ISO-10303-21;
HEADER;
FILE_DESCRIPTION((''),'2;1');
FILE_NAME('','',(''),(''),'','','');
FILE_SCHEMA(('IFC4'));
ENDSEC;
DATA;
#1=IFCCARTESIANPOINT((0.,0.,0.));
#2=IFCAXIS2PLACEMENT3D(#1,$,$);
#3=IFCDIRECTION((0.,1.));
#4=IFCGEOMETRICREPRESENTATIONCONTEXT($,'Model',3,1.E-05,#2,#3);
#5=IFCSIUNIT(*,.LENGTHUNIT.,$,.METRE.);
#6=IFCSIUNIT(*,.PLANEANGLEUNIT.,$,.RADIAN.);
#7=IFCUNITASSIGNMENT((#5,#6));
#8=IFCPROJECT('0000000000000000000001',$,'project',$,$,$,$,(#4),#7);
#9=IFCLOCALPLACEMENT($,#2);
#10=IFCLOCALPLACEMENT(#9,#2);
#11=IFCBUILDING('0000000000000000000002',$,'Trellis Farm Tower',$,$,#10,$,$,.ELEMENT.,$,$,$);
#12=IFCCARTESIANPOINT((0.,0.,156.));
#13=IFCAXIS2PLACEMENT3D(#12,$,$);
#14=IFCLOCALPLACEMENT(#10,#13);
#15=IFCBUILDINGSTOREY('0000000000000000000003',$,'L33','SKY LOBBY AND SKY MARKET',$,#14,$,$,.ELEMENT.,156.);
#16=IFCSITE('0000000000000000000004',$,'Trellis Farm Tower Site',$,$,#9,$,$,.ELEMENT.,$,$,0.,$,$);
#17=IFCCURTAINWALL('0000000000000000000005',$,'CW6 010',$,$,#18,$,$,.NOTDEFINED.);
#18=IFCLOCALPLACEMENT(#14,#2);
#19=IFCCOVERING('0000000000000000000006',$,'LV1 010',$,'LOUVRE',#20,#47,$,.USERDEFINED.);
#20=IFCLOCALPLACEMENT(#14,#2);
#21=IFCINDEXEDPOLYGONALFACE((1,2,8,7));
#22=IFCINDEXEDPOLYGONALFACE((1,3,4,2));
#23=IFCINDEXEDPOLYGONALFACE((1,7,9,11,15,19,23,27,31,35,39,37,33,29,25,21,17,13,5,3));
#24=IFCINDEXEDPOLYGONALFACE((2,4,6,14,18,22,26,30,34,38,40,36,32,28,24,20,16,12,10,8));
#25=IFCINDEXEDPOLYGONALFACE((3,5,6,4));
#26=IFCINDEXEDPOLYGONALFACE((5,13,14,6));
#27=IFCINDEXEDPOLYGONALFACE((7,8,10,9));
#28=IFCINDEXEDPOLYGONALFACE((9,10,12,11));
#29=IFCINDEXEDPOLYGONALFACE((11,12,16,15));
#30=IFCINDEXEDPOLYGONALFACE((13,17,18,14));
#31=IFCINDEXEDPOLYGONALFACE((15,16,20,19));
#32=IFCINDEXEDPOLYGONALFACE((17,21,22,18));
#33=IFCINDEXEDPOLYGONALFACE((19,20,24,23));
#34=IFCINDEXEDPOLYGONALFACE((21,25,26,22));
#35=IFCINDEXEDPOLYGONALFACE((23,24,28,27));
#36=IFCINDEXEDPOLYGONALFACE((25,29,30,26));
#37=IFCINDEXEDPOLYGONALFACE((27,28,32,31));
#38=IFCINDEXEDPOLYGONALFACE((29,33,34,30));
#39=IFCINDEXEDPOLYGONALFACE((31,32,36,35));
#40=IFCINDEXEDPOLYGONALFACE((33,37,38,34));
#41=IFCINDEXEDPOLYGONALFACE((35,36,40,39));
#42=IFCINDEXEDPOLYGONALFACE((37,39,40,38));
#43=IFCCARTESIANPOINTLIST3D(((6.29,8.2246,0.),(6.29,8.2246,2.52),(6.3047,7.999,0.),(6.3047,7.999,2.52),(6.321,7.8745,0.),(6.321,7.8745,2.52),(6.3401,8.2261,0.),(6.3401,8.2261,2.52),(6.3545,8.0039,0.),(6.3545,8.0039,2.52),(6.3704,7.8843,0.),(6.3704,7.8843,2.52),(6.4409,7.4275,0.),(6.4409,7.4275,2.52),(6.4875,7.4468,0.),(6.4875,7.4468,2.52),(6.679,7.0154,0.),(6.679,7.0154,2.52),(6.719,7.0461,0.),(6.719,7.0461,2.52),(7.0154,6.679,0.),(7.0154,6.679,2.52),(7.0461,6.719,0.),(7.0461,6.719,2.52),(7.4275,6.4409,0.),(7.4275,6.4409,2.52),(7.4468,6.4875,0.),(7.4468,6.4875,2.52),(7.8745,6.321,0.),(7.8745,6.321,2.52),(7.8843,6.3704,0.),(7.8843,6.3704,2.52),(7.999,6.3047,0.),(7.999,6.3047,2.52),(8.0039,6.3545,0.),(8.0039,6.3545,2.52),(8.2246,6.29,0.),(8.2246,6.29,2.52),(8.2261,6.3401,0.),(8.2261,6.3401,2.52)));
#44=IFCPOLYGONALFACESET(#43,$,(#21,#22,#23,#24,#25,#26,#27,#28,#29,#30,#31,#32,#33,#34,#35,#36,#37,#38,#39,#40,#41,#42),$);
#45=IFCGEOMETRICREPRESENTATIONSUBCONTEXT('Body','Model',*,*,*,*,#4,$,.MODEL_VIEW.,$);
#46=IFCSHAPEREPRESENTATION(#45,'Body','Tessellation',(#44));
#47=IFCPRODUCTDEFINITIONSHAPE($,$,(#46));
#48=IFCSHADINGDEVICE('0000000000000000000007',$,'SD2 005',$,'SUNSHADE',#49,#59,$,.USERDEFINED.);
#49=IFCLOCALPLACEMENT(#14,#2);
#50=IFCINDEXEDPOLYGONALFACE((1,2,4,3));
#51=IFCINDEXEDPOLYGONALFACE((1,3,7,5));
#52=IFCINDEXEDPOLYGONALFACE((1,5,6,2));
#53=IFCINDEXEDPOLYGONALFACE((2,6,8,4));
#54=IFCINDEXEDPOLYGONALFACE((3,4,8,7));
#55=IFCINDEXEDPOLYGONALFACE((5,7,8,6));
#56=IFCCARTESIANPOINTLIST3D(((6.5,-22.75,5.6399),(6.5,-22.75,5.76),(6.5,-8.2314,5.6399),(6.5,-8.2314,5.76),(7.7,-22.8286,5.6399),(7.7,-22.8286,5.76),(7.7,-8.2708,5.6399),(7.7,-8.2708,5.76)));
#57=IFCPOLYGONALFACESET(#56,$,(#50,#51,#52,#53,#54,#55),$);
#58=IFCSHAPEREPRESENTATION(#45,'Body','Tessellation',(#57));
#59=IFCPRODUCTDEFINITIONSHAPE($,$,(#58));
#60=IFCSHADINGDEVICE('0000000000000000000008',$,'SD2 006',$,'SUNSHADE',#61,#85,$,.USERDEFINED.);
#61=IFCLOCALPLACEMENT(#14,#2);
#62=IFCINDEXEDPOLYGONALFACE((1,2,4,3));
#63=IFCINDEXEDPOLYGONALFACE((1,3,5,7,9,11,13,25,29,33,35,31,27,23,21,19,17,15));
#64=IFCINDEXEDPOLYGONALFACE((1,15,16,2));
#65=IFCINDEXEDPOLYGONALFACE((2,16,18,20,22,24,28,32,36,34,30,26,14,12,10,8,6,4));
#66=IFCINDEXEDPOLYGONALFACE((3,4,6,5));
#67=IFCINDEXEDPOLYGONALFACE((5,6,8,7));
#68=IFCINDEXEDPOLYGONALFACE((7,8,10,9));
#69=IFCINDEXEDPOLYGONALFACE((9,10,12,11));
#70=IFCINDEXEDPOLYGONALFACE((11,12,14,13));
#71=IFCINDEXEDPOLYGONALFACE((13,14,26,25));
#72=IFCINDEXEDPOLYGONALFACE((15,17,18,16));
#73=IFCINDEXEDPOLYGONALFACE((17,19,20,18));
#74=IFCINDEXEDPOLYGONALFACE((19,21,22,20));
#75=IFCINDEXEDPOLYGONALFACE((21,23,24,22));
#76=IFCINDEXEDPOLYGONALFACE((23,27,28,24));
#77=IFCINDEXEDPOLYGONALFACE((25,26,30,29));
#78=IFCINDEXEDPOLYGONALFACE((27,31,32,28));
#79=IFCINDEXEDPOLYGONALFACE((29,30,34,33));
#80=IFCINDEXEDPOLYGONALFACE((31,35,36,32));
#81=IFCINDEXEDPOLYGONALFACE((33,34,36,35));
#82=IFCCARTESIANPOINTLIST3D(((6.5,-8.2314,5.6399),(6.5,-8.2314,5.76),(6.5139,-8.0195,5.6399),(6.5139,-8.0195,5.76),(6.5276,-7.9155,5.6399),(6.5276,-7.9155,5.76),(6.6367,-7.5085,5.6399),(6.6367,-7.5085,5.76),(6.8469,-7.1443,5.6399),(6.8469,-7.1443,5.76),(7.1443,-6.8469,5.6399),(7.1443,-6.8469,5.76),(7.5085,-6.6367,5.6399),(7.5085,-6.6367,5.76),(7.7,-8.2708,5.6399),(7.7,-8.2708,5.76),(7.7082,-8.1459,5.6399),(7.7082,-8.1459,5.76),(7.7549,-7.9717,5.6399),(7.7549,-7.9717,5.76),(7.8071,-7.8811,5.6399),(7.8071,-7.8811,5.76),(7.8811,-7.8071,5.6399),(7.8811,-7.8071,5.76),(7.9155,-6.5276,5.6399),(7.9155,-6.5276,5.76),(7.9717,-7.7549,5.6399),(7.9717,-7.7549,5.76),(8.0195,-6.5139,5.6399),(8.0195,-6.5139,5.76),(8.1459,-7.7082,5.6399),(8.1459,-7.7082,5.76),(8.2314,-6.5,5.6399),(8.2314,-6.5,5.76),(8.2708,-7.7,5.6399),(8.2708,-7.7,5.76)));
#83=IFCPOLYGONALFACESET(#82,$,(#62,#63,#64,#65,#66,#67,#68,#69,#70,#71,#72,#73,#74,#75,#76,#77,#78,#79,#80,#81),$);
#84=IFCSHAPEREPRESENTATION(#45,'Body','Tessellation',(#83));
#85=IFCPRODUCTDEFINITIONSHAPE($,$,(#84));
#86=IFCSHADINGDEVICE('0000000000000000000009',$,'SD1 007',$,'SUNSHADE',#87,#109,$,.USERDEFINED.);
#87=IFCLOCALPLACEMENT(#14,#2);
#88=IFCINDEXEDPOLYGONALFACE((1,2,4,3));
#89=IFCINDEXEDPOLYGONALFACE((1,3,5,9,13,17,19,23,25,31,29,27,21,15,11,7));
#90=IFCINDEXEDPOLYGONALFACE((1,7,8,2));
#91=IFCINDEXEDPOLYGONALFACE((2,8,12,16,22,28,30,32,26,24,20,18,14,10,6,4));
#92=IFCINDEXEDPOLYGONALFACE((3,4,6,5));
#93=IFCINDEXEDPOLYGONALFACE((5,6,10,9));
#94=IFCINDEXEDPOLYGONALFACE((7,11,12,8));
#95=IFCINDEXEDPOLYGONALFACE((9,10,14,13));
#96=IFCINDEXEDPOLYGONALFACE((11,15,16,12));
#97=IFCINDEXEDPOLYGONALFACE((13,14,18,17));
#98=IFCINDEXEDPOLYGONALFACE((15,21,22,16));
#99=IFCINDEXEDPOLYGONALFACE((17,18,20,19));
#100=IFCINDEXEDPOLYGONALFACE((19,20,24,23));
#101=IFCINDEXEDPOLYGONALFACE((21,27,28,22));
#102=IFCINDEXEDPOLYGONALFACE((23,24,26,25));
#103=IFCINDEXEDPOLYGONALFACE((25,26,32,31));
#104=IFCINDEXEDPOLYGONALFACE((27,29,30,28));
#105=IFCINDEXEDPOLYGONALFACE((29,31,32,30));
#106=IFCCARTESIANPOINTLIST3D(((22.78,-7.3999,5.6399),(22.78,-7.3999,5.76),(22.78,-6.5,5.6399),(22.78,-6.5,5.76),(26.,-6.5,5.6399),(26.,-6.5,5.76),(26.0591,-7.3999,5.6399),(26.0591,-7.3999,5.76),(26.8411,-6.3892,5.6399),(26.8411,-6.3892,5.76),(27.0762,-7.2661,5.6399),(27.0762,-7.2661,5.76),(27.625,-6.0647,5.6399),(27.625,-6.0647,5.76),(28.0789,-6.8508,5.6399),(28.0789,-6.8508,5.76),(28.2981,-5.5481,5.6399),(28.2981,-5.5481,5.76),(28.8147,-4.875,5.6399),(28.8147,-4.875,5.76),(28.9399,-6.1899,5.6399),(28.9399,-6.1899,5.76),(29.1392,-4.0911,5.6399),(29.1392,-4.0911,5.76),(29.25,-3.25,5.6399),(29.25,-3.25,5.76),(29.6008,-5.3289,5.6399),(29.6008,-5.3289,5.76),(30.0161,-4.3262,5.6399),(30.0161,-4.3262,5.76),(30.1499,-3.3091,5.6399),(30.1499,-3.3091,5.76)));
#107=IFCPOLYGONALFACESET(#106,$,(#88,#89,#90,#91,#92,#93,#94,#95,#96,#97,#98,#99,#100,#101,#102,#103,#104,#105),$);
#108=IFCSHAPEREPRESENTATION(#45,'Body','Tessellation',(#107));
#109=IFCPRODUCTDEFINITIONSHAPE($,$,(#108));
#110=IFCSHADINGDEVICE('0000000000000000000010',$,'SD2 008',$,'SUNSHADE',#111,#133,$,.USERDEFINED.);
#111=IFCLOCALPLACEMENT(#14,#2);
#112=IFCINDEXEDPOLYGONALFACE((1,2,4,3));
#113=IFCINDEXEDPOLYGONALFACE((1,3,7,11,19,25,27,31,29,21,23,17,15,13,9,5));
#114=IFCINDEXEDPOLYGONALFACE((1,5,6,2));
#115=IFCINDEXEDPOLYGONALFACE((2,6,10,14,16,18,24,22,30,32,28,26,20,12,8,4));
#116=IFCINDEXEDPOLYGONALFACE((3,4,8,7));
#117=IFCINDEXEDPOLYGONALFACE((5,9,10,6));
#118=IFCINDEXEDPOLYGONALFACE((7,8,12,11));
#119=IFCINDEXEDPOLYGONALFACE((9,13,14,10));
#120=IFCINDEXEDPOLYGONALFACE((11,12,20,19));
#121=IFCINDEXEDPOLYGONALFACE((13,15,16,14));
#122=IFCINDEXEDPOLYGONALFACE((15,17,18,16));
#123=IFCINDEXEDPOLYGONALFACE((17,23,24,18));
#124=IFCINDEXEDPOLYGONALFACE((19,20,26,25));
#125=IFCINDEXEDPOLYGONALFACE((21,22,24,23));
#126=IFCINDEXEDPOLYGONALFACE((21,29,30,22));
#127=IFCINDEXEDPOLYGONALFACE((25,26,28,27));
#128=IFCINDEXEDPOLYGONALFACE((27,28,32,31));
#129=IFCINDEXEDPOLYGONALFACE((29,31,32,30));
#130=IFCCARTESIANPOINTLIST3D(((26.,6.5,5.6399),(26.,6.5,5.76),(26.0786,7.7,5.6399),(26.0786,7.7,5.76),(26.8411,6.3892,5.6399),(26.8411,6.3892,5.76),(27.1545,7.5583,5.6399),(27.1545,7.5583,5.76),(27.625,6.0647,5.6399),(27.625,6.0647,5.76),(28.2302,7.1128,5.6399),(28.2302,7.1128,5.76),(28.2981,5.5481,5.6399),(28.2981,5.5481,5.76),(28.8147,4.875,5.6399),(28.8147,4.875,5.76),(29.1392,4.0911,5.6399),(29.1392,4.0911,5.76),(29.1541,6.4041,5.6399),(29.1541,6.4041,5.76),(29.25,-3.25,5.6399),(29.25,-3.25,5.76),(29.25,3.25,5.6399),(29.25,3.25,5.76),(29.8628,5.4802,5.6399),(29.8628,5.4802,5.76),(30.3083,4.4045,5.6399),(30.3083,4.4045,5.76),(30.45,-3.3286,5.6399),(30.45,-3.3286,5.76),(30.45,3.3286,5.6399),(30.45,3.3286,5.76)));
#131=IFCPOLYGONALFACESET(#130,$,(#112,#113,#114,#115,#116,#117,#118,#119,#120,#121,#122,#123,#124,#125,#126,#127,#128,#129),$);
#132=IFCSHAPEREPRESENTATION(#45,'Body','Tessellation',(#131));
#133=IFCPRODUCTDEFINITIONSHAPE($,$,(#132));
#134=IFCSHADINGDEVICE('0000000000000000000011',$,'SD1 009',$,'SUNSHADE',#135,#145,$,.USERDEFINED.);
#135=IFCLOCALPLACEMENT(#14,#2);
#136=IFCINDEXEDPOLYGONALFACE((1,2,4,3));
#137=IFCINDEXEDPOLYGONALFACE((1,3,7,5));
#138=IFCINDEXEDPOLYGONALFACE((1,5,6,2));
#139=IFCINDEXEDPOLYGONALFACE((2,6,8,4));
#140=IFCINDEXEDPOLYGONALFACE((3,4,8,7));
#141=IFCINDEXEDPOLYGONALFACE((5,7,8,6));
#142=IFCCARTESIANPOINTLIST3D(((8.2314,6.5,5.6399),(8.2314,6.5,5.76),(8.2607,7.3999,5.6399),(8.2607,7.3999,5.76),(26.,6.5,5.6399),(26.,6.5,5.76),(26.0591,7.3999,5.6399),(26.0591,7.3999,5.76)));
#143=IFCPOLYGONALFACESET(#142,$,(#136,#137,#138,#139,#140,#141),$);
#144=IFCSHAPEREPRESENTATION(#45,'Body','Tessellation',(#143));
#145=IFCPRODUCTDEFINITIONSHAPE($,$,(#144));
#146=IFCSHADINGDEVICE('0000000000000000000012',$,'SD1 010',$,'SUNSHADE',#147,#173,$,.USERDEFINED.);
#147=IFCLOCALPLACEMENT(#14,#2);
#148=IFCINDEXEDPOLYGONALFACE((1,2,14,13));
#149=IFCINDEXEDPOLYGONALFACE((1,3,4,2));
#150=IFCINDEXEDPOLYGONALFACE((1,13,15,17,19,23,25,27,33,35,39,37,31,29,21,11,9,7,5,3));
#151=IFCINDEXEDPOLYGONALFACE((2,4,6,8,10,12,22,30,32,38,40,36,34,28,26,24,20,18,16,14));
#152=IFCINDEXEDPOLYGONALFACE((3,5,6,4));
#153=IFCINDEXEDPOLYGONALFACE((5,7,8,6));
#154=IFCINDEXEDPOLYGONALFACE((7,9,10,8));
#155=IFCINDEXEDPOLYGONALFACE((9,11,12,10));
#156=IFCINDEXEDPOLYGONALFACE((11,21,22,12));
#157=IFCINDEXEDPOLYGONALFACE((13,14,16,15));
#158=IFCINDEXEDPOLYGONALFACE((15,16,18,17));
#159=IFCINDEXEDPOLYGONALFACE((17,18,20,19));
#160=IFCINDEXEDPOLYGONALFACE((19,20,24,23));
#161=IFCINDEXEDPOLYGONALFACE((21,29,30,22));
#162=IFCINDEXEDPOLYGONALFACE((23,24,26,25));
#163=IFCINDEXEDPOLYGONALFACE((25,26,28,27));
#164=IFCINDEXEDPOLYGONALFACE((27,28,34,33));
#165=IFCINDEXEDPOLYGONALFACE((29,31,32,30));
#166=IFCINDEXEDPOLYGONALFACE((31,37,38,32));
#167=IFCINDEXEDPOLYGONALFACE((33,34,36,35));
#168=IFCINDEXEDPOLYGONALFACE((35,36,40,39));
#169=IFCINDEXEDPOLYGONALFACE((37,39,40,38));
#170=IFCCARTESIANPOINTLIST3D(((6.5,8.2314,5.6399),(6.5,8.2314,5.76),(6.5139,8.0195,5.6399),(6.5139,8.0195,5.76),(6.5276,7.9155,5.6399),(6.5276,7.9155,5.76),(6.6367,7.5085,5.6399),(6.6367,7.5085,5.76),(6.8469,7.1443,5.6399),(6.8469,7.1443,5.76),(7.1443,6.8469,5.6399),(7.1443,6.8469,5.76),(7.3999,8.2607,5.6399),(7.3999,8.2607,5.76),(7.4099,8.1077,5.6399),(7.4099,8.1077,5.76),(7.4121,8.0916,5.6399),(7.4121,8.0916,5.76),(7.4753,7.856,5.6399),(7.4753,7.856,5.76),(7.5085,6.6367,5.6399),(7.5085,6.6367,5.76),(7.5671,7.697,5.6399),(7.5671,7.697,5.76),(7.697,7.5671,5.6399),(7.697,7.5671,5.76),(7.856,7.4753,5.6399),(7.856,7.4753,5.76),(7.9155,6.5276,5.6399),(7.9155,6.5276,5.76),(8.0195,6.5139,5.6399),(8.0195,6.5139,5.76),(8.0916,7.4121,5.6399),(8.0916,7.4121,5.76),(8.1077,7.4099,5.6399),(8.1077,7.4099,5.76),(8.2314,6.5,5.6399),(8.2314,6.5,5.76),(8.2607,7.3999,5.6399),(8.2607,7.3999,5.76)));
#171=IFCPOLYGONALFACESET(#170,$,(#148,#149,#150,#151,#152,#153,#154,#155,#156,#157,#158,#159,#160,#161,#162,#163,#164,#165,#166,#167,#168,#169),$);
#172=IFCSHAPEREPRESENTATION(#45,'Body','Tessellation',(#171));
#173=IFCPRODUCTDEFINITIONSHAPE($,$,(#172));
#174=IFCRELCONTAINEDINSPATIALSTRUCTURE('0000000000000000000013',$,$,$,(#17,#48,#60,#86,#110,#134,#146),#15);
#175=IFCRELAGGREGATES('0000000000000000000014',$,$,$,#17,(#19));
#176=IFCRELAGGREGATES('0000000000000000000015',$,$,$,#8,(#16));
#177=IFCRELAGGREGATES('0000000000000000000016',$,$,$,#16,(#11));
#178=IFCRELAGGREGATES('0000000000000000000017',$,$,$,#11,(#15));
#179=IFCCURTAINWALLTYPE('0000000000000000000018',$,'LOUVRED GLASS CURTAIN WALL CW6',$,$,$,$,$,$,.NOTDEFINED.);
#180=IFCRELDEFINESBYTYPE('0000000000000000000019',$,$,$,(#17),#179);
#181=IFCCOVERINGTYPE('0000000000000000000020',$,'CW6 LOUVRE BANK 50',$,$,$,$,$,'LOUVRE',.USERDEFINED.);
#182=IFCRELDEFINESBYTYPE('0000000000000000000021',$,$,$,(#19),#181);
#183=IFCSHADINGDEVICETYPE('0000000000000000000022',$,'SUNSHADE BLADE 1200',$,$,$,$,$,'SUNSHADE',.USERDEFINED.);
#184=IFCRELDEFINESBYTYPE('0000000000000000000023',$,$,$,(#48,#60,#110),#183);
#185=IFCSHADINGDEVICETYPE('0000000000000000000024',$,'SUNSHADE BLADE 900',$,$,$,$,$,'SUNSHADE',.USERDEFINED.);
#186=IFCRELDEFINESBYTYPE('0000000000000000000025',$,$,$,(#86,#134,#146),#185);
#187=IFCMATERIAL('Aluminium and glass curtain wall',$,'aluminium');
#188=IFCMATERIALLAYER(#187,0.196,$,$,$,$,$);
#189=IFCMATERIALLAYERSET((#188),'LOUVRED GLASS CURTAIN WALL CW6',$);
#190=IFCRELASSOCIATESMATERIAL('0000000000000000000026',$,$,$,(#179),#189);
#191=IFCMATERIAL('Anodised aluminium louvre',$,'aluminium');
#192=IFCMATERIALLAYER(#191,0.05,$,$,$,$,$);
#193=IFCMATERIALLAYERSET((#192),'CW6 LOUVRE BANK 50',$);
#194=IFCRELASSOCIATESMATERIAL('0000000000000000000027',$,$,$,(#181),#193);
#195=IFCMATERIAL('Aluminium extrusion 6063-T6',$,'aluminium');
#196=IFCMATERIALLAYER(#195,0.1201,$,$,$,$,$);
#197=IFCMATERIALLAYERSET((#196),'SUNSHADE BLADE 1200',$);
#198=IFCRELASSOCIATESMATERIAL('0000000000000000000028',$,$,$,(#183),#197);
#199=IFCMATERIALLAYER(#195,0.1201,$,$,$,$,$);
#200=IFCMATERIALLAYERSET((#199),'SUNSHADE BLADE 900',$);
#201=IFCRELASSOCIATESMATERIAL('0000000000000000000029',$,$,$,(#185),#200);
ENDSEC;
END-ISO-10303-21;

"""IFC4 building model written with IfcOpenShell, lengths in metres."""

from ifc_helpers import new_model, si_unit, direction, frame, origin, place, context, subcontext, project, spatial, polyline, outline, extrude, source, transform, mapped, material, layer, layer_set, type_object, element, aggregate, save


model = new_model("IFC4")

# Units and contexts
model_context = context("Model", 3, precision=1e-05, world=origin(), true_north=direction((0.0, 1.0)))
body_context = subcontext(model_context, "Body", "Model", "MODEL_VIEW")
ifc_project = project(units=[si_unit("LENGTHUNIT", "METRE"), si_unit("PLANEANGLEUNIT", "RADIAN")], contexts=[model_context])

# Site, building, storey
site_placement = place(None, origin())
site = spatial("IfcSite", under=ifc_project, at=site_placement, Name="Trellis Farm Tower Site", CompositionType="ELEMENT", RefElevation=0.0)
building_placement = place(site_placement, origin())
building = spatial("IfcBuilding", under=site, at=building_placement, Name="Trellis Farm Tower", CompositionType="ELEMENT")
storey_placement = place(building_placement, frame((0.0, 0.0, 156.0)))
storey = spatial("IfcBuildingStorey", under=building, at=storey_placement, Name="L33", Description="SKY LOBBY AND SKY MARKET", CompositionType="ELEMENT", Elevation=156.0)

# Curtain wall
ifc_material_1 = material(Name="Aluminium and glass curtain wall", Category="aluminium")
ifc_layer_1 = layer(ifc_material_1, 0.196)
ifc_layer_set_1 = layer_set([ifc_layer_1], Name="LOUVRED GLASS CURTAIN WALL CW6")
curtain_wall_type = type_object("IfcCurtainWallType", Name="LOUVRED GLASS CURTAIN WALL CW6", PredefinedType="NOTDEFINED", material=ifc_layer_set_1)
placement_1 = place(storey_placement, origin())
ifc_material_2 = material(Name="Aluminium extrusion 6063-T6", Category="aluminium")
curtain_wall_1 = element("IfcCurtainWall", 1, at=placement_1, inside=storey, type_object=curtain_wall_type, Name="CW6 010", PredefinedType="NOTDEFINED")

# Covering
ifc_material_3 = material(Name="Anodised aluminium louvre", Category="aluminium")
ifc_layer_2 = layer(ifc_material_3, 0.05)
ifc_layer_set_2 = layer_set([ifc_layer_2], Name="CW6 LOUVRE BANK 50")
covering_type = type_object("IfcCoveringType", Name="CW6 LOUVRE BANK 50", ElementType="LOUVRE", PredefinedType="USERDEFINED", material=ifc_layer_set_2)
covering_1 = element("IfcCovering", 2, at=placement_1, type_object=covering_type, Name="LV1 010", ObjectType="LOUVRE", PredefinedType="USERDEFINED", context=body_context, shape_type="SweptSolid", body=[
    extrude(outline(polyline([(8.2261, 6.3401), (8.0039, 6.3545), (7.8843, 6.3704), (7.4468, 6.4875), (7.0461, 6.719), (6.719, 7.0461), (6.4875, 7.4468), (6.3704, 7.8843), (6.3545, 8.0039), (6.3401, 8.2261), (6.29, 8.2246), (6.3047, 7.999), (6.321, 7.8745), (6.4409, 7.4275), (6.679, 7.0154), (7.0154, 6.679), (7.4275, 6.4409), (7.8745, 6.321), (7.999, 6.3047), (8.2246, 6.29), (8.2261, 6.3401)])), origin(), (0.0, 0.0, 1.0), 2.52),
])
aggregate(curtain_wall_1, [covering_1])

# Shading devices
ifc_layer_3 = layer(ifc_material_2, 0.1201)
ifc_layer_set_3 = layer_set([ifc_layer_3], Name="SUNSHADE BLADE 1200")
shading_device_type_1 = type_object("IfcShadingDeviceType", Name="SUNSHADE BLADE 1200", ElementType="SUNSHADE", PredefinedType="USERDEFINED", material=ifc_layer_set_3)
shared_shape_1 = source(origin(), body_context, "Body", "SweptSolid", [
    extrude(outline(polyline([(7.7, -22.8286), (7.7, -8.2708), (6.5, -8.2314), (6.5, -22.75), (7.7, -22.8286)])), origin(), (0.0, 0.0, 1.0), 0.1201),
])
placement_2 = place(storey_placement, frame((0.0, 0.0, 5.6399)))
element("IfcShadingDevice", 3, at=placement_2, inside=storey, type_object=shading_device_type_1, Name="SD2 005", ObjectType="SUNSHADE", PredefinedType="USERDEFINED", context=body_context, shape_type="MappedRepresentation", body=[
    mapped(shared_shape_1, transform((0.0, 0.0, 0.0))),
])
shared_shape_2 = source(origin(), body_context, "Body", "SweptSolid", [
    extrude(outline(polyline([(7.7, -8.2708), (7.7087, -8.1372), (7.707, -8.1501), (7.7549, -7.9717), (7.8071, -7.8811), (7.8811, -7.8071), (7.9717, -7.7549), (8.1501, -7.707), (8.1372, -7.7087), (8.2708, -7.7), (8.2314, -6.5), (8.0195, -6.5139), (7.9155, -6.5276), (7.5085, -6.6367), (7.1443, -6.8469), (6.8469, -7.1443), (6.6367, -7.5085), (6.5276, -7.9155), (6.5139, -8.0195), (6.5, -8.2314), (7.7, -8.2708)])), origin(), (0.0, 0.0, 1.0), 0.1201),
])
element("IfcShadingDevice", 4, at=placement_2, inside=storey, type_object=shading_device_type_1, Name="SD2 006", ObjectType="SUNSHADE", PredefinedType="USERDEFINED", context=body_context, shape_type="MappedRepresentation", body=[
    mapped(shared_shape_2, transform((0.0, 0.0, 0.0))),
])
ifc_layer_4 = layer(ifc_material_2, 0.1201)
ifc_layer_set_4 = layer_set([ifc_layer_4], Name="SUNSHADE BLADE 900")
shading_device_type_2 = type_object("IfcShadingDeviceType", Name="SUNSHADE BLADE 900", ElementType="SUNSHADE", PredefinedType="USERDEFINED", material=ifc_layer_set_4)
shared_shape_3 = source(origin(), body_context, "Body", "SweptSolid", [
    extrude(outline(polyline([(22.78, -7.3999), (26.0591, -7.3999), (27.0762, -7.2661), (28.0789, -6.8508), (28.9399, -6.1899), (29.6008, -5.3289), (30.0161, -4.3262), (30.1499, -3.3091), (29.25, -3.25), (29.1392, -4.0911), (28.8147, -4.875), (28.2981, -5.5481), (27.625, -6.0647), (26.8411, -6.3892), (26.0, -6.5), (22.78, -6.5), (22.78, -7.3999)])), origin(), (0.0, 0.0, 1.0), 0.1201),
])
element("IfcShadingDevice", 5, at=placement_2, inside=storey, type_object=shading_device_type_2, Name="SD1 007", ObjectType="SUNSHADE", PredefinedType="USERDEFINED", context=body_context, shape_type="MappedRepresentation", body=[
    mapped(shared_shape_3, transform((0.0, 0.0, 0.0))),
])
shared_shape_4 = source(origin(), body_context, "Body", "SweptSolid", [
    extrude(outline(polyline([(30.45, -3.3286), (30.45, 3.3286), (30.3083, 4.4045), (29.8628, 5.4802), (29.1541, 6.4041), (28.2302, 7.1128), (27.1545, 7.5583), (26.0786, 7.7), (26.0, 6.5), (26.8411, 6.3892), (27.625, 6.0647), (28.2981, 5.5481), (28.8147, 4.875), (29.1392, 4.0911), (29.25, 3.25), (29.25, -3.25), (30.45, -3.3286)])), origin(), (0.0, 0.0, 1.0), 0.1201),
])
element("IfcShadingDevice", 6, at=placement_2, inside=storey, type_object=shading_device_type_1, Name="SD2 008", ObjectType="SUNSHADE", PredefinedType="USERDEFINED", context=body_context, shape_type="MappedRepresentation", body=[
    mapped(shared_shape_4, transform((0.0, 0.0, 0.0))),
])
shared_shape_5 = source(origin(), body_context, "Body", "SweptSolid", [
    extrude(outline(polyline([(26.0591, 7.3999), (8.2607, 7.3999), (8.2314, 6.5), (26.0, 6.5), (26.0591, 7.3999)])), origin(), (0.0, 0.0, 1.0), 0.1201),
])
element("IfcShadingDevice", 7, at=placement_2, inside=storey, type_object=shading_device_type_2, Name="SD1 009", ObjectType="SUNSHADE", PredefinedType="USERDEFINED", context=body_context, shape_type="MappedRepresentation", body=[
    mapped(shared_shape_5, transform((0.0, 0.0, 0.0))),
])
shared_shape_6 = source(origin(), body_context, "Body", "SweptSolid", [
    extrude(outline(polyline([(8.2607, 7.3999), (8.1077, 7.4099), (8.0916, 7.4121), (7.856, 7.4753), (7.697, 7.5671), (7.5671, 7.697), (7.4753, 7.856), (7.4121, 8.0916), (7.4099, 8.1077), (7.3999, 8.2607), (6.5, 8.2314), (6.5139, 8.0195), (6.5276, 7.9155), (6.6367, 7.5085), (6.8469, 7.1443), (7.1443, 6.8469), (7.5085, 6.6367), (7.9155, 6.5276), (8.0195, 6.5139), (8.2314, 6.5), (8.2607, 7.3999)])), origin(), (0.0, 0.0, 1.0), 0.1201),
])
element("IfcShadingDevice", 8, at=placement_2, inside=storey, type_object=shading_device_type_2, Name="SD1 010", ObjectType="SUNSHADE", PredefinedType="USERDEFINED", context=body_context, shape_type="MappedRepresentation", body=[
    mapped(shared_shape_6, transform((0.0, 0.0, 0.0))),
])

save(model, "model.ifc")
